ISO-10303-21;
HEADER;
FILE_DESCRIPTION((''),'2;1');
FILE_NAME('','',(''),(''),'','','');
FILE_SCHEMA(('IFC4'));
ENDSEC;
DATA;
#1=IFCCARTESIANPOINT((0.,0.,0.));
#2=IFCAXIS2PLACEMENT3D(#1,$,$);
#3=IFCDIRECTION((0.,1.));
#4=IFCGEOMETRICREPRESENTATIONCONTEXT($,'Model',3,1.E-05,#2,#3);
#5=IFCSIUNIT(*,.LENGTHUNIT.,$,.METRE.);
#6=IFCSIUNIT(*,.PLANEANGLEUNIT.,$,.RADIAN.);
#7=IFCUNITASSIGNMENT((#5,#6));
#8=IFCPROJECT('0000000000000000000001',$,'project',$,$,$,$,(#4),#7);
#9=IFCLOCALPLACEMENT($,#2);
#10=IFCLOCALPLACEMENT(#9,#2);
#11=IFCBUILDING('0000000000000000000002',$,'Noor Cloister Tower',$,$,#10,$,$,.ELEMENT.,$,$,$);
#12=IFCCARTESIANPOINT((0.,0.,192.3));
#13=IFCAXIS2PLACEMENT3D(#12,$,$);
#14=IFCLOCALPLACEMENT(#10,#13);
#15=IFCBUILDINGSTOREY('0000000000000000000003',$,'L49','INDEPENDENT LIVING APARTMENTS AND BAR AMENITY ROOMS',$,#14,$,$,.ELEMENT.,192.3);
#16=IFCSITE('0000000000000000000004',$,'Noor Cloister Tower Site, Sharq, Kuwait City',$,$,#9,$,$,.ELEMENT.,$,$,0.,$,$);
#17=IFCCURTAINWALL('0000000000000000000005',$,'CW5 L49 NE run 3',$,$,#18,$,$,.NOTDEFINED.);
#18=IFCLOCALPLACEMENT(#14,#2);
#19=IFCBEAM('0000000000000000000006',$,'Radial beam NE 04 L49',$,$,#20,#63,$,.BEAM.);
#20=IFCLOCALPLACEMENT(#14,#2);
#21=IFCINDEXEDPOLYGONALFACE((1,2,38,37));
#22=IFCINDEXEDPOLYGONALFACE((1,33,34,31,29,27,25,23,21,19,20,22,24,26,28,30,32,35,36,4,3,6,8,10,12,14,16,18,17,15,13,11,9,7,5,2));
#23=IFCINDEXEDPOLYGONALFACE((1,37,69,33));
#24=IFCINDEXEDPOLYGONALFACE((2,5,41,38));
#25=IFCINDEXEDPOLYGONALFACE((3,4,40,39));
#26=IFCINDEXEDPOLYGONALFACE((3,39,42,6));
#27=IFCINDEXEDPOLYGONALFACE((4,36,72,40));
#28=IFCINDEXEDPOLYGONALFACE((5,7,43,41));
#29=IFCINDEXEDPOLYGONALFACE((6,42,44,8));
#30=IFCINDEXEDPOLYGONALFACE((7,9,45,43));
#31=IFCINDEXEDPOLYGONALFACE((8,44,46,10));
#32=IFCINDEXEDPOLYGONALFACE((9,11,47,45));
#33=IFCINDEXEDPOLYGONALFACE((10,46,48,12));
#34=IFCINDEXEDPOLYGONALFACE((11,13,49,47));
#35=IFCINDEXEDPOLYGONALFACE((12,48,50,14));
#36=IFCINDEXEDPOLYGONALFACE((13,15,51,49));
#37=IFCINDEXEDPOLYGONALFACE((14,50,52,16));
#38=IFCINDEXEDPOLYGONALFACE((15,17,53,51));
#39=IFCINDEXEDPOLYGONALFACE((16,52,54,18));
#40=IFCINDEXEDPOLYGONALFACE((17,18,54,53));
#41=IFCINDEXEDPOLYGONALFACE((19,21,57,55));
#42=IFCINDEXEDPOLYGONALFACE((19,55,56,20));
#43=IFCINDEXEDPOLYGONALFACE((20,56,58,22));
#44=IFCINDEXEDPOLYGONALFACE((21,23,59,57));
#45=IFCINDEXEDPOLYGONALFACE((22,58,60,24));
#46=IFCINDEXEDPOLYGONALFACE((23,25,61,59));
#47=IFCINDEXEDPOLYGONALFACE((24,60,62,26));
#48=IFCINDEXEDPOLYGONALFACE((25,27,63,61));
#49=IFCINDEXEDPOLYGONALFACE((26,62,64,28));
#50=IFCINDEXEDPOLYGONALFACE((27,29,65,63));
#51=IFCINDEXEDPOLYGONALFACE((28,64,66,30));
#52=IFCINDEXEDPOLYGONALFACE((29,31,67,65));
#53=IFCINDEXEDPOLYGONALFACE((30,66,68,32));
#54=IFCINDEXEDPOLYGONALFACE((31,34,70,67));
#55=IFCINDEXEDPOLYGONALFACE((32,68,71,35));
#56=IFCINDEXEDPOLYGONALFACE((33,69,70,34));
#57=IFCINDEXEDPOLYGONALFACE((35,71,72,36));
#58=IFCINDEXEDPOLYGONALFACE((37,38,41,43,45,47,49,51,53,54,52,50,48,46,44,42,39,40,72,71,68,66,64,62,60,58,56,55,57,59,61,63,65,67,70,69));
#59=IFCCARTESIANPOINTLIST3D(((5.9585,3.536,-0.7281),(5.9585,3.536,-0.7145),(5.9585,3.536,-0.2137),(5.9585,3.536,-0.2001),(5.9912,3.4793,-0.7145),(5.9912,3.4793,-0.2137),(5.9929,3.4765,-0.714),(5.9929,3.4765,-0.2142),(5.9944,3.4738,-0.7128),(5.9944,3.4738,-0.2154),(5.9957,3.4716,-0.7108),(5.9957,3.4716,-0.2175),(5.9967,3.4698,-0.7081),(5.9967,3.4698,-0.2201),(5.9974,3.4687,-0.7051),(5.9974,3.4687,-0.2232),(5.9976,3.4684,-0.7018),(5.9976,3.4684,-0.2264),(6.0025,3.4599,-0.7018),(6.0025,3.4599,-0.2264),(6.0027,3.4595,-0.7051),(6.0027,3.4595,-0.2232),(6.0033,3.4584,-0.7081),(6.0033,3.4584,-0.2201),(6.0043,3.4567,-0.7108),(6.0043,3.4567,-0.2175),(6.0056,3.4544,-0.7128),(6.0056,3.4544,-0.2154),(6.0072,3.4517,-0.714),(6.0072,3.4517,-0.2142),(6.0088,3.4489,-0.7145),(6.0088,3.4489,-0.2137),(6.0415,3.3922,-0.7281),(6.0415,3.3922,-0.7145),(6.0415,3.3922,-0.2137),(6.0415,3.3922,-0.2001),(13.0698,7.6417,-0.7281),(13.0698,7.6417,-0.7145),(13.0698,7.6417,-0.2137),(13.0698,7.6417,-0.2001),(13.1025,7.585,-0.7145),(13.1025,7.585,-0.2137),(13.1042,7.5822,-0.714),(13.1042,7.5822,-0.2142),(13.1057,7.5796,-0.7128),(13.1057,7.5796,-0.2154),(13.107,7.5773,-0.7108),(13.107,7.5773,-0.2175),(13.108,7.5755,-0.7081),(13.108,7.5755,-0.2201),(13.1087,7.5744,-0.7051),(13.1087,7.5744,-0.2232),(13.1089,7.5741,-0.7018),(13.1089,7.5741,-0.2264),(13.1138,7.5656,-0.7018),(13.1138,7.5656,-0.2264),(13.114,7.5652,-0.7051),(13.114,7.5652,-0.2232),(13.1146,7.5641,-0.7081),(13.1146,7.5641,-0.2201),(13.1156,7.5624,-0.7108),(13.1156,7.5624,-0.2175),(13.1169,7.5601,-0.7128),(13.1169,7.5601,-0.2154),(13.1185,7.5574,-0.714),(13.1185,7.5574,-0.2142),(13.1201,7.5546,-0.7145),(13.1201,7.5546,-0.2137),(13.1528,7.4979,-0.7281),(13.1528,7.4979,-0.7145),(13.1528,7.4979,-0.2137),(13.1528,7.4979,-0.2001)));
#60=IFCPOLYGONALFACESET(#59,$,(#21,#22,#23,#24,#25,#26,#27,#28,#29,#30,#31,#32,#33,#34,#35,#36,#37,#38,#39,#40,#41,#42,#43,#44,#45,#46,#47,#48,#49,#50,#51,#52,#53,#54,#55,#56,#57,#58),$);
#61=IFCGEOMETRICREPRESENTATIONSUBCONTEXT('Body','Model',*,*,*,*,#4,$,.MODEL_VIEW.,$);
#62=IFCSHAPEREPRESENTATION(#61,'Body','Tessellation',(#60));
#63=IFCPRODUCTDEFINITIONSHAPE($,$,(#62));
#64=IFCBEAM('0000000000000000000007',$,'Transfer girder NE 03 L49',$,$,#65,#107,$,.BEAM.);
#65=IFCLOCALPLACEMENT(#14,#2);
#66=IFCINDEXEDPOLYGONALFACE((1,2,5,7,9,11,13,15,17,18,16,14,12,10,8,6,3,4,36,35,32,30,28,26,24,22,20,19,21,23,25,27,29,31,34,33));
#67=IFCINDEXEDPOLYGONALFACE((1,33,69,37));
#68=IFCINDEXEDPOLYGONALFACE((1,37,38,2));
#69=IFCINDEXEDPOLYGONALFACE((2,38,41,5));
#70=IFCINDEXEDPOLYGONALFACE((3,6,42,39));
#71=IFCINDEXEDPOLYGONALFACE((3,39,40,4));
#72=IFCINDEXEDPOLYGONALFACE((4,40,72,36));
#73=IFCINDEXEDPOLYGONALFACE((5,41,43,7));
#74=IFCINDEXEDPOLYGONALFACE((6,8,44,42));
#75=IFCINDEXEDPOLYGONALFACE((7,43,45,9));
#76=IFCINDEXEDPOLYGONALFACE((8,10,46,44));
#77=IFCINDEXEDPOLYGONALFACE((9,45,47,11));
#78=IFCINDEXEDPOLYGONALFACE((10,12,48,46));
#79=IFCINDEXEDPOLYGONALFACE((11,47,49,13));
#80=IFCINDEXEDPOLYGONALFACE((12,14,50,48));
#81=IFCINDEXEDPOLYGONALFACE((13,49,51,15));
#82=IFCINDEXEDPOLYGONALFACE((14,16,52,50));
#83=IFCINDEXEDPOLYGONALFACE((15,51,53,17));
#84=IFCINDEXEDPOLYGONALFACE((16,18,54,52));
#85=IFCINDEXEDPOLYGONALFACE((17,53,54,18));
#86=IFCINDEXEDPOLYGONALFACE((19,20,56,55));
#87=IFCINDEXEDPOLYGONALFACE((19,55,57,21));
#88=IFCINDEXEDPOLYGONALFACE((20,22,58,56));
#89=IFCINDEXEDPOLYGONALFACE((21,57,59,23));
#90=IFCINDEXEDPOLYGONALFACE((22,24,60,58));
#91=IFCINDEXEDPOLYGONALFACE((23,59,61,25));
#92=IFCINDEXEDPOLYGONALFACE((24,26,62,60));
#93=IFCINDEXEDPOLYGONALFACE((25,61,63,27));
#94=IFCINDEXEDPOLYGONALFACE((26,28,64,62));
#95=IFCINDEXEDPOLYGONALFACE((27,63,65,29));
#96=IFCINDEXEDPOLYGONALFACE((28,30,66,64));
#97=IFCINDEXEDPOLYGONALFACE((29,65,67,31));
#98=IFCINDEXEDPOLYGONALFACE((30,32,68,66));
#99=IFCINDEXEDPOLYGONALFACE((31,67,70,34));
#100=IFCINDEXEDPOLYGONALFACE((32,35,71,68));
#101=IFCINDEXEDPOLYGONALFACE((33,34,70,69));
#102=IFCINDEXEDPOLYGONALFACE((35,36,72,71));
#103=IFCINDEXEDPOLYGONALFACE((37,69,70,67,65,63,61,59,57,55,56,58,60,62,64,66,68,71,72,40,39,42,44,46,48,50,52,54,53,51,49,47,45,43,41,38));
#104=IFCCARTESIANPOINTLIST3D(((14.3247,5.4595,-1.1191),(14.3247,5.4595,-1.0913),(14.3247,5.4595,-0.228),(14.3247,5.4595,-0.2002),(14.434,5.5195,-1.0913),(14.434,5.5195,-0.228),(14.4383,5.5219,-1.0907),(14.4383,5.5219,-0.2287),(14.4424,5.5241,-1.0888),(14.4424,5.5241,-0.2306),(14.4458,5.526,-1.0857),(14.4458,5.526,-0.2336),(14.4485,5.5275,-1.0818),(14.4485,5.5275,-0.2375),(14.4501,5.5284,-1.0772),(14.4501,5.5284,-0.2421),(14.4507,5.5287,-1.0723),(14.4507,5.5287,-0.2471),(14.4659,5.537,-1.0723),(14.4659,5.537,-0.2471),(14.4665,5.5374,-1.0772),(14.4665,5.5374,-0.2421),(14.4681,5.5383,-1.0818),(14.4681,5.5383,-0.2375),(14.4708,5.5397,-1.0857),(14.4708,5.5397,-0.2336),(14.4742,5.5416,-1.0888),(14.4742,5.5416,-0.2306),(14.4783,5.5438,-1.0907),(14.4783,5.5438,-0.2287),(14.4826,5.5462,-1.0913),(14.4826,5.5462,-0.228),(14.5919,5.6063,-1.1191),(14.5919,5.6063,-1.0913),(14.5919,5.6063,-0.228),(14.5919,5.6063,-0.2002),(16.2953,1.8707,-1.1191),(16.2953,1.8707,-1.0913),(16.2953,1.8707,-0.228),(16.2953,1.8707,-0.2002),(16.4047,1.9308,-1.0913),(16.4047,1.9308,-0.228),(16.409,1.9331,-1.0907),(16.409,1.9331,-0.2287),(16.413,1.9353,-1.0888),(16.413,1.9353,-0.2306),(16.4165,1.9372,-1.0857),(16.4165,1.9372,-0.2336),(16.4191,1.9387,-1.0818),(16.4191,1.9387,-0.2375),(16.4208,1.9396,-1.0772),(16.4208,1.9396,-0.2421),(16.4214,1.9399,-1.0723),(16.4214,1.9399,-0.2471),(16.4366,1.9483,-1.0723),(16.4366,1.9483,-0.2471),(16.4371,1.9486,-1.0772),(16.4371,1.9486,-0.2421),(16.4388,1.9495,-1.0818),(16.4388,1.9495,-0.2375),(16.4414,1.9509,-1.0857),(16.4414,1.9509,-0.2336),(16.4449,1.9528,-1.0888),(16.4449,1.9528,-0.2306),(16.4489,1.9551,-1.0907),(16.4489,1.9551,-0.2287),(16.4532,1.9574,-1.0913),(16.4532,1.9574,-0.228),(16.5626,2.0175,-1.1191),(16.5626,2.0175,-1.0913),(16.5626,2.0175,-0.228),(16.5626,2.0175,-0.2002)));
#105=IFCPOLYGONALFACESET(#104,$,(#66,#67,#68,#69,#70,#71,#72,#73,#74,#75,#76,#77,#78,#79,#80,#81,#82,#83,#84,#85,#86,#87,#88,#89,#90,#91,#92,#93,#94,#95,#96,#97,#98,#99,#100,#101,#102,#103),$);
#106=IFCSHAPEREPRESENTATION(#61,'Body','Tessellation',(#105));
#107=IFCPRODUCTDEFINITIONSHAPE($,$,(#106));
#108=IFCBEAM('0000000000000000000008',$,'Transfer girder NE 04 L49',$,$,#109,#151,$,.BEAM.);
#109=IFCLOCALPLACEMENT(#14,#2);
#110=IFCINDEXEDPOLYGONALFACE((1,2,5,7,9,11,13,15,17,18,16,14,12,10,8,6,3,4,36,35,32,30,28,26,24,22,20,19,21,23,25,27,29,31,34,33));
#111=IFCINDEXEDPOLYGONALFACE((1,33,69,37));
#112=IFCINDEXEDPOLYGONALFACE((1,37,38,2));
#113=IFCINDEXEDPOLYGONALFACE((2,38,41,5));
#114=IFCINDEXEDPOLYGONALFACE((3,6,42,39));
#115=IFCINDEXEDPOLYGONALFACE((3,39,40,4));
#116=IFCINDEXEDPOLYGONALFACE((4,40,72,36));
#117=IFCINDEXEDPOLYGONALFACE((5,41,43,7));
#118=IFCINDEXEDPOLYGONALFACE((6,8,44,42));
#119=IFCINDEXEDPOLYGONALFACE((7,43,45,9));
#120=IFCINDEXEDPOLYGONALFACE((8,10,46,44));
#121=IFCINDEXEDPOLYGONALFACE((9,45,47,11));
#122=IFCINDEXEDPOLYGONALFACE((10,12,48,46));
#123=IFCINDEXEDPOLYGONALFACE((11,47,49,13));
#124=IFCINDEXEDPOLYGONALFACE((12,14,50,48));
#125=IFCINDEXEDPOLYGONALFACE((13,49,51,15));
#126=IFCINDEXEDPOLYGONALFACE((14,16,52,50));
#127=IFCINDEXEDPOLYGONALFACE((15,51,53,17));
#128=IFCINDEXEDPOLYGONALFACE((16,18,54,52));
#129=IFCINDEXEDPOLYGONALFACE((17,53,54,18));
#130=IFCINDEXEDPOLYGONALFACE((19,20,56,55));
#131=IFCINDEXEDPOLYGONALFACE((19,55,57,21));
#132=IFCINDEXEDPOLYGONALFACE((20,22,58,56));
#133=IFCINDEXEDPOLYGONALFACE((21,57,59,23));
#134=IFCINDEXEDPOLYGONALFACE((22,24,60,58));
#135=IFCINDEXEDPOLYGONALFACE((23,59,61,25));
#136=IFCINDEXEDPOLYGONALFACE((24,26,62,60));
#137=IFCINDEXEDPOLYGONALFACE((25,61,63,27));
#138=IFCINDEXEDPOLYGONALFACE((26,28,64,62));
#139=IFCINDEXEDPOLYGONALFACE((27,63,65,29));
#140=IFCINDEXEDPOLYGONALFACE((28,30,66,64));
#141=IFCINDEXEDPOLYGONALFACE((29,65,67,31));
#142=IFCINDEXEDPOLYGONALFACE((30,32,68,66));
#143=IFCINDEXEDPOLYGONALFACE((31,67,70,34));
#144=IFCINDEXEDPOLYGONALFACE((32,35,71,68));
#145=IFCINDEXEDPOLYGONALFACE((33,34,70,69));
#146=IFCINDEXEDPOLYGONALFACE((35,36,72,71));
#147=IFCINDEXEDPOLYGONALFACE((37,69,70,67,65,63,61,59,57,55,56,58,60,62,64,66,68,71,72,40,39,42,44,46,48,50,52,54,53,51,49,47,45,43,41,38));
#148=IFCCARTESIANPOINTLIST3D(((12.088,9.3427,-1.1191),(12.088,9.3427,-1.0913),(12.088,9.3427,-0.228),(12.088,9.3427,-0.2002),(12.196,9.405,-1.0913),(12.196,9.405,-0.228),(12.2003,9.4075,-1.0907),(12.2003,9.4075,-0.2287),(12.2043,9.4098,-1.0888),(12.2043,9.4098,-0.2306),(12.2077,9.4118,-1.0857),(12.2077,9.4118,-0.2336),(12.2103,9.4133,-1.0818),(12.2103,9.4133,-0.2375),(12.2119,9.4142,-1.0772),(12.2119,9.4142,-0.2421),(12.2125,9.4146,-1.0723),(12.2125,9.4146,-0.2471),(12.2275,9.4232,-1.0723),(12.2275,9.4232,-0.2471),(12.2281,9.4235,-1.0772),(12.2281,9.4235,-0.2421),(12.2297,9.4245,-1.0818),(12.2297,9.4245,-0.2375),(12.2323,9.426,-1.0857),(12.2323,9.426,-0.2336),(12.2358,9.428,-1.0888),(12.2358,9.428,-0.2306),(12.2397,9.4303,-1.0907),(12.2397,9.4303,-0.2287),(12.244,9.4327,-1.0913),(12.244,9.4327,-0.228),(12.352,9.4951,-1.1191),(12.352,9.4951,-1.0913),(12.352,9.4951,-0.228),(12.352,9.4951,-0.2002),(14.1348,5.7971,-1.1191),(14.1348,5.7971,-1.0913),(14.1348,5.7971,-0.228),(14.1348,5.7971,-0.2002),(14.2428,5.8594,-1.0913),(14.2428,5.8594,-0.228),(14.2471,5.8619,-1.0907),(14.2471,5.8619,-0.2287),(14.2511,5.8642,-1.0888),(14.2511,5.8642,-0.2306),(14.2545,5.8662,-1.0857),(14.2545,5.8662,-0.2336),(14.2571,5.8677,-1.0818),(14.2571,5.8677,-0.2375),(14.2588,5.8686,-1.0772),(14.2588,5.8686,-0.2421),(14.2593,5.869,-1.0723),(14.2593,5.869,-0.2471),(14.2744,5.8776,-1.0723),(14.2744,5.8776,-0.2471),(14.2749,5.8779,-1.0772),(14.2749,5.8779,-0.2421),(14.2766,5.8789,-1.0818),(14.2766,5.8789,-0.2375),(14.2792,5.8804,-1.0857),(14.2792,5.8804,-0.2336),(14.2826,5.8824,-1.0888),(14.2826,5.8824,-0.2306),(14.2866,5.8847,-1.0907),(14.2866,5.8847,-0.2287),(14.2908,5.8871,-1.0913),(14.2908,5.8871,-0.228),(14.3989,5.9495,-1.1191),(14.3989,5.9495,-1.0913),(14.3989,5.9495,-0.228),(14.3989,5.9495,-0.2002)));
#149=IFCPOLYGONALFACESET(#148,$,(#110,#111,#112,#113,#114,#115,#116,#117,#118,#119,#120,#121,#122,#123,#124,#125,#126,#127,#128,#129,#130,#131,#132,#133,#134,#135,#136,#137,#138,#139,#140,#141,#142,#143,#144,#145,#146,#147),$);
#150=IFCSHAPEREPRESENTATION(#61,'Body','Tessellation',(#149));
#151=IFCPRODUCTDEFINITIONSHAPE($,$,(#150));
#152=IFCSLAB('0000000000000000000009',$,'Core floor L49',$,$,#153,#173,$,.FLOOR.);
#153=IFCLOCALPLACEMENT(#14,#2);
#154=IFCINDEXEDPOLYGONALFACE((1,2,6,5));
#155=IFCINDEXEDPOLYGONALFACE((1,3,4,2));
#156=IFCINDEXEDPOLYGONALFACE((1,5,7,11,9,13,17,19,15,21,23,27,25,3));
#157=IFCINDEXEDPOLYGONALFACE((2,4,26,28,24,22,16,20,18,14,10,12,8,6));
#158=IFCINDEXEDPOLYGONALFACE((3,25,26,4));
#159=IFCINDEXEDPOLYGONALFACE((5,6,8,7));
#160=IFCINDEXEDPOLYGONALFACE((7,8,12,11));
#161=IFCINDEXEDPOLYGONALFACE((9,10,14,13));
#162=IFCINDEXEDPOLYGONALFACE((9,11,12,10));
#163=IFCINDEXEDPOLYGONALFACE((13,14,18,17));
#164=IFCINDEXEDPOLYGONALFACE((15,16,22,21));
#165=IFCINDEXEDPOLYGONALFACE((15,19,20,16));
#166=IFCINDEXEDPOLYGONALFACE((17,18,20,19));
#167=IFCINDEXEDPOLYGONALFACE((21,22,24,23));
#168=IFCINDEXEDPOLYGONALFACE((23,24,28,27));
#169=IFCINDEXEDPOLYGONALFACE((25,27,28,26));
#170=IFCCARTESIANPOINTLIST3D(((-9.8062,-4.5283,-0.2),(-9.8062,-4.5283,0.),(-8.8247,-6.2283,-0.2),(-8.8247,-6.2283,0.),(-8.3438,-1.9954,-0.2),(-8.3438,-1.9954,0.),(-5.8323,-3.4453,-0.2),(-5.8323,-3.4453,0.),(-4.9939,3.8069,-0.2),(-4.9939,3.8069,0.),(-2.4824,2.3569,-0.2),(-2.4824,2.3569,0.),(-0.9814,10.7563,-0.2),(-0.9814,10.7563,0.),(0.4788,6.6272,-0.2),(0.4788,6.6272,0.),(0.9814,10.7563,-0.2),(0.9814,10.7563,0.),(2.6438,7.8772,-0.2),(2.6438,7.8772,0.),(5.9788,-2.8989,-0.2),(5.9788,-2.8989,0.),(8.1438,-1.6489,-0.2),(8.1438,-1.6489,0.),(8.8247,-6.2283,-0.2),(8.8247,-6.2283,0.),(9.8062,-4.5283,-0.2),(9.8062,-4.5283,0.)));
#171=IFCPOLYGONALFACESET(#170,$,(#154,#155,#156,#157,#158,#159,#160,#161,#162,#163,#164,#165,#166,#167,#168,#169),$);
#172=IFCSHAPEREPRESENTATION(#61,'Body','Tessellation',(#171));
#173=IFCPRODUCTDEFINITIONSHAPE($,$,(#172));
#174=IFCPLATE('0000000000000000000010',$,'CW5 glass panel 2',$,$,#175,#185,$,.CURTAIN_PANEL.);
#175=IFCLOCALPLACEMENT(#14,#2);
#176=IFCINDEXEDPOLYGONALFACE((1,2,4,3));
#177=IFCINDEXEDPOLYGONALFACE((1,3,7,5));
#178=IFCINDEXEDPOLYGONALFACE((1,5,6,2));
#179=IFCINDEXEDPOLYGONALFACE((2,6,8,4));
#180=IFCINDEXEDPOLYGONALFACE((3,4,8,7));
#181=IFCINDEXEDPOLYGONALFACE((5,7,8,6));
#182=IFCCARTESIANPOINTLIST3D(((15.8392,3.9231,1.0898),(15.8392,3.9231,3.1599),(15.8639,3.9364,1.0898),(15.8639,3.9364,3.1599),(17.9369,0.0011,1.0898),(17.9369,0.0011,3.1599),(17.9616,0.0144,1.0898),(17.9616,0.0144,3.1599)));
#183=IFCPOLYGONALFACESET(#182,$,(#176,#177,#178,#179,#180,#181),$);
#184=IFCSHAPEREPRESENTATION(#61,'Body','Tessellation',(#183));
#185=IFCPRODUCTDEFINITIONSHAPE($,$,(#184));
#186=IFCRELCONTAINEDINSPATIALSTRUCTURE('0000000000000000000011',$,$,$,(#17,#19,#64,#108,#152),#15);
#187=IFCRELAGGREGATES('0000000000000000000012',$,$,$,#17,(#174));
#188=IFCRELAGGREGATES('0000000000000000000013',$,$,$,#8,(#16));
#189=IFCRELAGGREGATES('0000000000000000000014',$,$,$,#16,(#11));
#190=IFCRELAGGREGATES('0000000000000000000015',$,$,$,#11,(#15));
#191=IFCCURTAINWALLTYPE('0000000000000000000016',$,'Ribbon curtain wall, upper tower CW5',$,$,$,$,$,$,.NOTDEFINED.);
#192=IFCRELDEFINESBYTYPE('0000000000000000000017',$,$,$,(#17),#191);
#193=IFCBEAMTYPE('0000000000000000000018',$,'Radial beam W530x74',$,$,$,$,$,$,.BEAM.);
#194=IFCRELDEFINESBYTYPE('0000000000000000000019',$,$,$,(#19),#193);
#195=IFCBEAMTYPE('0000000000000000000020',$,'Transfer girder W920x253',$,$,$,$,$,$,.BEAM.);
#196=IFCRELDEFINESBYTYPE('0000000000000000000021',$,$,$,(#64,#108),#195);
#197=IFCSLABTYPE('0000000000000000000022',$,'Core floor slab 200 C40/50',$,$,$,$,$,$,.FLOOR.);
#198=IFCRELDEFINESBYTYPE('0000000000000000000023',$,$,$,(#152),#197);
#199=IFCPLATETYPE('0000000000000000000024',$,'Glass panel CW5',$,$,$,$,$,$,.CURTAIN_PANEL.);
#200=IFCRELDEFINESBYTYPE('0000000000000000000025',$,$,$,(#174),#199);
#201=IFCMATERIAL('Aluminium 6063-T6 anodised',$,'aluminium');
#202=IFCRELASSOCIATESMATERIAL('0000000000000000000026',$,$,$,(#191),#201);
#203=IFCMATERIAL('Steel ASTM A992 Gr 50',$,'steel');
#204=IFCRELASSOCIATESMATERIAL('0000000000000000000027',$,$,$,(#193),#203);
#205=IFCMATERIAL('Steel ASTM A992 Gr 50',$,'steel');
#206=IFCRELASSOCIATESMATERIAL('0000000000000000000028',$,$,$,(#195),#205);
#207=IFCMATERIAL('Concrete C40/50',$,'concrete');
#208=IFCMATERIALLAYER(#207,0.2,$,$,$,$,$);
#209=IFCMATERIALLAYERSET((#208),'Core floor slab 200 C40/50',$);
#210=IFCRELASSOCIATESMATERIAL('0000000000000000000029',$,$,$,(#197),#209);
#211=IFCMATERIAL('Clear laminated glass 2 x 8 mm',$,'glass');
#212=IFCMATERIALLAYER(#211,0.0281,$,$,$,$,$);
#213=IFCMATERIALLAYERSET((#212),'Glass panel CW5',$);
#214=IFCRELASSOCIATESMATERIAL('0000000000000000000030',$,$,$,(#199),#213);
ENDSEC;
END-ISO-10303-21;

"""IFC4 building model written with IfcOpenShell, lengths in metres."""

from ifc_helpers import new_model, si_unit, direction, frame, origin, origin_2d, place, context, subcontext, project, spatial, polyline, rectangle, i_section, outline, extrude, material, layer, layer_set, material_profile, profile_set, type_object, element, aggregate, save


model = new_model("IFC4")

# Units and contexts
model_context = context("Model", 3, precision=1e-05, world=origin(), true_north=direction((0.0, 1.0)))
body_context = subcontext(model_context, "Body", "Model", "MODEL_VIEW")
ifc_project = project(units=[si_unit("LENGTHUNIT", "METRE"), si_unit("PLANEANGLEUNIT", "RADIAN")], contexts=[model_context])

# Site, building, storey
site_placement = place(None, origin())
site = spatial("IfcSite", under=ifc_project, at=site_placement, Name="Noor Cloister Tower Site, Sharq, Kuwait City", CompositionType="ELEMENT", RefElevation=0.0)
building_placement = place(site_placement, origin())
building = spatial("IfcBuilding", under=site, at=building_placement, Name="Noor Cloister Tower", CompositionType="ELEMENT")
storey_placement = place(building_placement, frame((0.0, 0.0, 192.3)))
storey = spatial("IfcBuildingStorey", under=building, at=storey_placement, Name="L49", Description="INDEPENDENT LIVING APARTMENTS AND BAR AMENITY ROOMS", CompositionType="ELEMENT", Elevation=192.3)

# Curtain wall
ifc_material_1 = material(Name="Aluminium 6063-T6 anodised", Category="aluminium")
curtain_wall_type = type_object("IfcCurtainWallType", Name="Ribbon curtain wall, upper tower CW5", PredefinedType="NOTDEFINED", material=ifc_material_1)
curtain_wall_placement = place(storey_placement, origin())
curtain_wall = element("IfcCurtainWall", 1, at=curtain_wall_placement, inside=storey, type_object=curtain_wall_type, Name="CW5 L49 NE run 3", PredefinedType="NOTDEFINED")

# Beams
ifc_material_2 = material(Name="Steel ASTM A992 Gr 50", Category="steel")
ifc_material_profile_1 = material_profile(ifc_material_2, i_section(OverallWidth=0.166, OverallDepth=0.5281, WebThickness=0.0098, FlangeThickness=0.0137, FilletRadius=0.0127, at=origin_2d()), Name="W530x74")
ifc_profile_set_1 = profile_set([ifc_material_profile_1], Name="Steel ASTM A992 Gr 50")
beam_type_1 = type_object("IfcBeamType", Name="Radial beam W530x74", PredefinedType="BEAM", material=ifc_profile_set_1)
beam_1_placement = place(storey_placement, frame((13.1113, 7.5698, -0.4641), z_axis=(-0.866026, -0.499999, 0.0), x_axis=(0.499999, -0.866026, 0.0)))
element("IfcBeam", 2, at=beam_1_placement, inside=storey, type_object=beam_type_1, Name="Radial beam NE 04 L49", PredefinedType="BEAM", context=body_context, shape_type="SweptSolid", body=[
    extrude(i_section(OverallWidth=0.166, OverallDepth=0.5281, WebThickness=0.0098, FlangeThickness=0.0137, FilletRadius=0.0127, at=origin_2d()), origin(), (0.0, 0.0, 1.0), 8.2114),
])
ifc_material_3 = material(Name="Steel ASTM A992 Gr 50", Category="steel")
ifc_material_profile_2 = material_profile(ifc_material_3, i_section(OverallWidth=0.3049, OverallDepth=0.9189, WebThickness=0.0173, FlangeThickness=0.0278, FilletRadius=0.019, at=origin_2d()), Name="W920x253")
ifc_profile_set_2 = profile_set([ifc_material_profile_2], Name="Steel ASTM A992 Gr 50")
beam_type_2 = type_object("IfcBeamType", Name="Transfer girder W920x253", PredefinedType="BEAM", material=ifc_profile_set_2)
beam_2_placement = place(storey_placement, frame((16.429, 1.9441, -0.6597), z_axis=(-0.481323, 0.876543, 0.0), x_axis=(-0.876543, -0.481323, 0.0)))
element("IfcBeam", 3, at=beam_2_placement, inside=storey, type_object=beam_type_2, Name="Transfer girder NE 03 L49", PredefinedType="BEAM", context=body_context, shape_type="SweptSolid", body=[
    extrude(i_section(OverallWidth=0.3049, OverallDepth=0.9189, WebThickness=0.0173, FlangeThickness=0.0278, FilletRadius=0.019, at=origin_2d()), origin(), (0.0, 0.0, 1.0), 4.0942),
])
beam_3_placement = place(storey_placement, frame((14.2668, 5.8733, -0.6597), z_axis=(-0.499962, 0.866048, 0.0), x_axis=(-0.866048, -0.499962, 0.0)))
element("IfcBeam", 4, at=beam_3_placement, inside=storey, type_object=beam_type_2, Name="Transfer girder NE 04 L49", PredefinedType="BEAM", context=body_context, shape_type="SweptSolid", body=[
    extrude(i_section(OverallWidth=0.3049, OverallDepth=0.9189, WebThickness=0.0173, FlangeThickness=0.0278, FilletRadius=0.019, at=origin_2d()), origin(), (0.0, 0.0, 1.0), 4.094),
])

# Slab
ifc_material_4 = material(Name="Concrete C40/50", Category="concrete")
ifc_layer_1 = layer(ifc_material_4, 0.2)
ifc_layer_set_1 = layer_set([ifc_layer_1], Name="Core floor slab 200 C40/50")
slab_type_1 = type_object("IfcSlabType", Name="Core floor slab 200 C40/50", PredefinedType="FLOOR", material=ifc_layer_set_1)
slab_1_placement = place(storey_placement, frame((0.0, 0.0, -0.2)))
element("IfcSlab", 5, at=slab_1_placement, inside=storey, type_object=slab_type_1, Name="Core floor L49", PredefinedType="FLOOR", context=body_context, shape_type="SweptSolid", body=[
    extrude(outline(polyline([(2.6438, 7.8772), (0.9814, 10.7563), (-0.9814, 10.7563), (-4.9939, 3.8069), (-2.4824, 2.3569), (-5.8323, -3.4453), (-8.3438, -1.9954), (-9.8062, -4.5283), (-8.8247, -6.2283), (8.8247, -6.2283), (9.8062, -4.5283), (8.1438, -1.6489), (5.9788, -2.8989), (0.4788, 6.6272), (2.6438, 7.8772)])), origin(), (0.0, 0.0, 1.0), 0.2),
])

# Plate
ifc_material_5 = material(Name="Clear laminated glass 2 x 8 mm", Category="glass")
ifc_layer_2 = layer(ifc_material_5, 0.0281)
ifc_layer_set_2 = layer_set([ifc_layer_2], Name="Glass panel CW5")
plate_type = type_object("IfcPlateType", Name="Glass panel CW5", PredefinedType="CURTAIN_PANEL", material=ifc_layer_set_2)
plate_1_placement = place(storey_placement, frame((16.9004, 1.9688, 1.0898), z_axis=(0.0, 0.0, 1.0), x_axis=(-0.47163, 0.881797, 0.0)))
plate_1 = element("IfcPlate", 6, at=plate_1_placement, type_object=plate_type, Name="CW5 glass panel 2", PredefinedType="CURTAIN_PANEL", context=body_context, shape_type="SweptSolid", body=[
    extrude(rectangle(XDim=4.4478, YDim=0.0281, at=origin_2d()), origin(), (0.0, 0.0, 1.0), 2.0701),
])
aggregate(curtain_wall, [plate_1])

save(model, "model.ifc")
